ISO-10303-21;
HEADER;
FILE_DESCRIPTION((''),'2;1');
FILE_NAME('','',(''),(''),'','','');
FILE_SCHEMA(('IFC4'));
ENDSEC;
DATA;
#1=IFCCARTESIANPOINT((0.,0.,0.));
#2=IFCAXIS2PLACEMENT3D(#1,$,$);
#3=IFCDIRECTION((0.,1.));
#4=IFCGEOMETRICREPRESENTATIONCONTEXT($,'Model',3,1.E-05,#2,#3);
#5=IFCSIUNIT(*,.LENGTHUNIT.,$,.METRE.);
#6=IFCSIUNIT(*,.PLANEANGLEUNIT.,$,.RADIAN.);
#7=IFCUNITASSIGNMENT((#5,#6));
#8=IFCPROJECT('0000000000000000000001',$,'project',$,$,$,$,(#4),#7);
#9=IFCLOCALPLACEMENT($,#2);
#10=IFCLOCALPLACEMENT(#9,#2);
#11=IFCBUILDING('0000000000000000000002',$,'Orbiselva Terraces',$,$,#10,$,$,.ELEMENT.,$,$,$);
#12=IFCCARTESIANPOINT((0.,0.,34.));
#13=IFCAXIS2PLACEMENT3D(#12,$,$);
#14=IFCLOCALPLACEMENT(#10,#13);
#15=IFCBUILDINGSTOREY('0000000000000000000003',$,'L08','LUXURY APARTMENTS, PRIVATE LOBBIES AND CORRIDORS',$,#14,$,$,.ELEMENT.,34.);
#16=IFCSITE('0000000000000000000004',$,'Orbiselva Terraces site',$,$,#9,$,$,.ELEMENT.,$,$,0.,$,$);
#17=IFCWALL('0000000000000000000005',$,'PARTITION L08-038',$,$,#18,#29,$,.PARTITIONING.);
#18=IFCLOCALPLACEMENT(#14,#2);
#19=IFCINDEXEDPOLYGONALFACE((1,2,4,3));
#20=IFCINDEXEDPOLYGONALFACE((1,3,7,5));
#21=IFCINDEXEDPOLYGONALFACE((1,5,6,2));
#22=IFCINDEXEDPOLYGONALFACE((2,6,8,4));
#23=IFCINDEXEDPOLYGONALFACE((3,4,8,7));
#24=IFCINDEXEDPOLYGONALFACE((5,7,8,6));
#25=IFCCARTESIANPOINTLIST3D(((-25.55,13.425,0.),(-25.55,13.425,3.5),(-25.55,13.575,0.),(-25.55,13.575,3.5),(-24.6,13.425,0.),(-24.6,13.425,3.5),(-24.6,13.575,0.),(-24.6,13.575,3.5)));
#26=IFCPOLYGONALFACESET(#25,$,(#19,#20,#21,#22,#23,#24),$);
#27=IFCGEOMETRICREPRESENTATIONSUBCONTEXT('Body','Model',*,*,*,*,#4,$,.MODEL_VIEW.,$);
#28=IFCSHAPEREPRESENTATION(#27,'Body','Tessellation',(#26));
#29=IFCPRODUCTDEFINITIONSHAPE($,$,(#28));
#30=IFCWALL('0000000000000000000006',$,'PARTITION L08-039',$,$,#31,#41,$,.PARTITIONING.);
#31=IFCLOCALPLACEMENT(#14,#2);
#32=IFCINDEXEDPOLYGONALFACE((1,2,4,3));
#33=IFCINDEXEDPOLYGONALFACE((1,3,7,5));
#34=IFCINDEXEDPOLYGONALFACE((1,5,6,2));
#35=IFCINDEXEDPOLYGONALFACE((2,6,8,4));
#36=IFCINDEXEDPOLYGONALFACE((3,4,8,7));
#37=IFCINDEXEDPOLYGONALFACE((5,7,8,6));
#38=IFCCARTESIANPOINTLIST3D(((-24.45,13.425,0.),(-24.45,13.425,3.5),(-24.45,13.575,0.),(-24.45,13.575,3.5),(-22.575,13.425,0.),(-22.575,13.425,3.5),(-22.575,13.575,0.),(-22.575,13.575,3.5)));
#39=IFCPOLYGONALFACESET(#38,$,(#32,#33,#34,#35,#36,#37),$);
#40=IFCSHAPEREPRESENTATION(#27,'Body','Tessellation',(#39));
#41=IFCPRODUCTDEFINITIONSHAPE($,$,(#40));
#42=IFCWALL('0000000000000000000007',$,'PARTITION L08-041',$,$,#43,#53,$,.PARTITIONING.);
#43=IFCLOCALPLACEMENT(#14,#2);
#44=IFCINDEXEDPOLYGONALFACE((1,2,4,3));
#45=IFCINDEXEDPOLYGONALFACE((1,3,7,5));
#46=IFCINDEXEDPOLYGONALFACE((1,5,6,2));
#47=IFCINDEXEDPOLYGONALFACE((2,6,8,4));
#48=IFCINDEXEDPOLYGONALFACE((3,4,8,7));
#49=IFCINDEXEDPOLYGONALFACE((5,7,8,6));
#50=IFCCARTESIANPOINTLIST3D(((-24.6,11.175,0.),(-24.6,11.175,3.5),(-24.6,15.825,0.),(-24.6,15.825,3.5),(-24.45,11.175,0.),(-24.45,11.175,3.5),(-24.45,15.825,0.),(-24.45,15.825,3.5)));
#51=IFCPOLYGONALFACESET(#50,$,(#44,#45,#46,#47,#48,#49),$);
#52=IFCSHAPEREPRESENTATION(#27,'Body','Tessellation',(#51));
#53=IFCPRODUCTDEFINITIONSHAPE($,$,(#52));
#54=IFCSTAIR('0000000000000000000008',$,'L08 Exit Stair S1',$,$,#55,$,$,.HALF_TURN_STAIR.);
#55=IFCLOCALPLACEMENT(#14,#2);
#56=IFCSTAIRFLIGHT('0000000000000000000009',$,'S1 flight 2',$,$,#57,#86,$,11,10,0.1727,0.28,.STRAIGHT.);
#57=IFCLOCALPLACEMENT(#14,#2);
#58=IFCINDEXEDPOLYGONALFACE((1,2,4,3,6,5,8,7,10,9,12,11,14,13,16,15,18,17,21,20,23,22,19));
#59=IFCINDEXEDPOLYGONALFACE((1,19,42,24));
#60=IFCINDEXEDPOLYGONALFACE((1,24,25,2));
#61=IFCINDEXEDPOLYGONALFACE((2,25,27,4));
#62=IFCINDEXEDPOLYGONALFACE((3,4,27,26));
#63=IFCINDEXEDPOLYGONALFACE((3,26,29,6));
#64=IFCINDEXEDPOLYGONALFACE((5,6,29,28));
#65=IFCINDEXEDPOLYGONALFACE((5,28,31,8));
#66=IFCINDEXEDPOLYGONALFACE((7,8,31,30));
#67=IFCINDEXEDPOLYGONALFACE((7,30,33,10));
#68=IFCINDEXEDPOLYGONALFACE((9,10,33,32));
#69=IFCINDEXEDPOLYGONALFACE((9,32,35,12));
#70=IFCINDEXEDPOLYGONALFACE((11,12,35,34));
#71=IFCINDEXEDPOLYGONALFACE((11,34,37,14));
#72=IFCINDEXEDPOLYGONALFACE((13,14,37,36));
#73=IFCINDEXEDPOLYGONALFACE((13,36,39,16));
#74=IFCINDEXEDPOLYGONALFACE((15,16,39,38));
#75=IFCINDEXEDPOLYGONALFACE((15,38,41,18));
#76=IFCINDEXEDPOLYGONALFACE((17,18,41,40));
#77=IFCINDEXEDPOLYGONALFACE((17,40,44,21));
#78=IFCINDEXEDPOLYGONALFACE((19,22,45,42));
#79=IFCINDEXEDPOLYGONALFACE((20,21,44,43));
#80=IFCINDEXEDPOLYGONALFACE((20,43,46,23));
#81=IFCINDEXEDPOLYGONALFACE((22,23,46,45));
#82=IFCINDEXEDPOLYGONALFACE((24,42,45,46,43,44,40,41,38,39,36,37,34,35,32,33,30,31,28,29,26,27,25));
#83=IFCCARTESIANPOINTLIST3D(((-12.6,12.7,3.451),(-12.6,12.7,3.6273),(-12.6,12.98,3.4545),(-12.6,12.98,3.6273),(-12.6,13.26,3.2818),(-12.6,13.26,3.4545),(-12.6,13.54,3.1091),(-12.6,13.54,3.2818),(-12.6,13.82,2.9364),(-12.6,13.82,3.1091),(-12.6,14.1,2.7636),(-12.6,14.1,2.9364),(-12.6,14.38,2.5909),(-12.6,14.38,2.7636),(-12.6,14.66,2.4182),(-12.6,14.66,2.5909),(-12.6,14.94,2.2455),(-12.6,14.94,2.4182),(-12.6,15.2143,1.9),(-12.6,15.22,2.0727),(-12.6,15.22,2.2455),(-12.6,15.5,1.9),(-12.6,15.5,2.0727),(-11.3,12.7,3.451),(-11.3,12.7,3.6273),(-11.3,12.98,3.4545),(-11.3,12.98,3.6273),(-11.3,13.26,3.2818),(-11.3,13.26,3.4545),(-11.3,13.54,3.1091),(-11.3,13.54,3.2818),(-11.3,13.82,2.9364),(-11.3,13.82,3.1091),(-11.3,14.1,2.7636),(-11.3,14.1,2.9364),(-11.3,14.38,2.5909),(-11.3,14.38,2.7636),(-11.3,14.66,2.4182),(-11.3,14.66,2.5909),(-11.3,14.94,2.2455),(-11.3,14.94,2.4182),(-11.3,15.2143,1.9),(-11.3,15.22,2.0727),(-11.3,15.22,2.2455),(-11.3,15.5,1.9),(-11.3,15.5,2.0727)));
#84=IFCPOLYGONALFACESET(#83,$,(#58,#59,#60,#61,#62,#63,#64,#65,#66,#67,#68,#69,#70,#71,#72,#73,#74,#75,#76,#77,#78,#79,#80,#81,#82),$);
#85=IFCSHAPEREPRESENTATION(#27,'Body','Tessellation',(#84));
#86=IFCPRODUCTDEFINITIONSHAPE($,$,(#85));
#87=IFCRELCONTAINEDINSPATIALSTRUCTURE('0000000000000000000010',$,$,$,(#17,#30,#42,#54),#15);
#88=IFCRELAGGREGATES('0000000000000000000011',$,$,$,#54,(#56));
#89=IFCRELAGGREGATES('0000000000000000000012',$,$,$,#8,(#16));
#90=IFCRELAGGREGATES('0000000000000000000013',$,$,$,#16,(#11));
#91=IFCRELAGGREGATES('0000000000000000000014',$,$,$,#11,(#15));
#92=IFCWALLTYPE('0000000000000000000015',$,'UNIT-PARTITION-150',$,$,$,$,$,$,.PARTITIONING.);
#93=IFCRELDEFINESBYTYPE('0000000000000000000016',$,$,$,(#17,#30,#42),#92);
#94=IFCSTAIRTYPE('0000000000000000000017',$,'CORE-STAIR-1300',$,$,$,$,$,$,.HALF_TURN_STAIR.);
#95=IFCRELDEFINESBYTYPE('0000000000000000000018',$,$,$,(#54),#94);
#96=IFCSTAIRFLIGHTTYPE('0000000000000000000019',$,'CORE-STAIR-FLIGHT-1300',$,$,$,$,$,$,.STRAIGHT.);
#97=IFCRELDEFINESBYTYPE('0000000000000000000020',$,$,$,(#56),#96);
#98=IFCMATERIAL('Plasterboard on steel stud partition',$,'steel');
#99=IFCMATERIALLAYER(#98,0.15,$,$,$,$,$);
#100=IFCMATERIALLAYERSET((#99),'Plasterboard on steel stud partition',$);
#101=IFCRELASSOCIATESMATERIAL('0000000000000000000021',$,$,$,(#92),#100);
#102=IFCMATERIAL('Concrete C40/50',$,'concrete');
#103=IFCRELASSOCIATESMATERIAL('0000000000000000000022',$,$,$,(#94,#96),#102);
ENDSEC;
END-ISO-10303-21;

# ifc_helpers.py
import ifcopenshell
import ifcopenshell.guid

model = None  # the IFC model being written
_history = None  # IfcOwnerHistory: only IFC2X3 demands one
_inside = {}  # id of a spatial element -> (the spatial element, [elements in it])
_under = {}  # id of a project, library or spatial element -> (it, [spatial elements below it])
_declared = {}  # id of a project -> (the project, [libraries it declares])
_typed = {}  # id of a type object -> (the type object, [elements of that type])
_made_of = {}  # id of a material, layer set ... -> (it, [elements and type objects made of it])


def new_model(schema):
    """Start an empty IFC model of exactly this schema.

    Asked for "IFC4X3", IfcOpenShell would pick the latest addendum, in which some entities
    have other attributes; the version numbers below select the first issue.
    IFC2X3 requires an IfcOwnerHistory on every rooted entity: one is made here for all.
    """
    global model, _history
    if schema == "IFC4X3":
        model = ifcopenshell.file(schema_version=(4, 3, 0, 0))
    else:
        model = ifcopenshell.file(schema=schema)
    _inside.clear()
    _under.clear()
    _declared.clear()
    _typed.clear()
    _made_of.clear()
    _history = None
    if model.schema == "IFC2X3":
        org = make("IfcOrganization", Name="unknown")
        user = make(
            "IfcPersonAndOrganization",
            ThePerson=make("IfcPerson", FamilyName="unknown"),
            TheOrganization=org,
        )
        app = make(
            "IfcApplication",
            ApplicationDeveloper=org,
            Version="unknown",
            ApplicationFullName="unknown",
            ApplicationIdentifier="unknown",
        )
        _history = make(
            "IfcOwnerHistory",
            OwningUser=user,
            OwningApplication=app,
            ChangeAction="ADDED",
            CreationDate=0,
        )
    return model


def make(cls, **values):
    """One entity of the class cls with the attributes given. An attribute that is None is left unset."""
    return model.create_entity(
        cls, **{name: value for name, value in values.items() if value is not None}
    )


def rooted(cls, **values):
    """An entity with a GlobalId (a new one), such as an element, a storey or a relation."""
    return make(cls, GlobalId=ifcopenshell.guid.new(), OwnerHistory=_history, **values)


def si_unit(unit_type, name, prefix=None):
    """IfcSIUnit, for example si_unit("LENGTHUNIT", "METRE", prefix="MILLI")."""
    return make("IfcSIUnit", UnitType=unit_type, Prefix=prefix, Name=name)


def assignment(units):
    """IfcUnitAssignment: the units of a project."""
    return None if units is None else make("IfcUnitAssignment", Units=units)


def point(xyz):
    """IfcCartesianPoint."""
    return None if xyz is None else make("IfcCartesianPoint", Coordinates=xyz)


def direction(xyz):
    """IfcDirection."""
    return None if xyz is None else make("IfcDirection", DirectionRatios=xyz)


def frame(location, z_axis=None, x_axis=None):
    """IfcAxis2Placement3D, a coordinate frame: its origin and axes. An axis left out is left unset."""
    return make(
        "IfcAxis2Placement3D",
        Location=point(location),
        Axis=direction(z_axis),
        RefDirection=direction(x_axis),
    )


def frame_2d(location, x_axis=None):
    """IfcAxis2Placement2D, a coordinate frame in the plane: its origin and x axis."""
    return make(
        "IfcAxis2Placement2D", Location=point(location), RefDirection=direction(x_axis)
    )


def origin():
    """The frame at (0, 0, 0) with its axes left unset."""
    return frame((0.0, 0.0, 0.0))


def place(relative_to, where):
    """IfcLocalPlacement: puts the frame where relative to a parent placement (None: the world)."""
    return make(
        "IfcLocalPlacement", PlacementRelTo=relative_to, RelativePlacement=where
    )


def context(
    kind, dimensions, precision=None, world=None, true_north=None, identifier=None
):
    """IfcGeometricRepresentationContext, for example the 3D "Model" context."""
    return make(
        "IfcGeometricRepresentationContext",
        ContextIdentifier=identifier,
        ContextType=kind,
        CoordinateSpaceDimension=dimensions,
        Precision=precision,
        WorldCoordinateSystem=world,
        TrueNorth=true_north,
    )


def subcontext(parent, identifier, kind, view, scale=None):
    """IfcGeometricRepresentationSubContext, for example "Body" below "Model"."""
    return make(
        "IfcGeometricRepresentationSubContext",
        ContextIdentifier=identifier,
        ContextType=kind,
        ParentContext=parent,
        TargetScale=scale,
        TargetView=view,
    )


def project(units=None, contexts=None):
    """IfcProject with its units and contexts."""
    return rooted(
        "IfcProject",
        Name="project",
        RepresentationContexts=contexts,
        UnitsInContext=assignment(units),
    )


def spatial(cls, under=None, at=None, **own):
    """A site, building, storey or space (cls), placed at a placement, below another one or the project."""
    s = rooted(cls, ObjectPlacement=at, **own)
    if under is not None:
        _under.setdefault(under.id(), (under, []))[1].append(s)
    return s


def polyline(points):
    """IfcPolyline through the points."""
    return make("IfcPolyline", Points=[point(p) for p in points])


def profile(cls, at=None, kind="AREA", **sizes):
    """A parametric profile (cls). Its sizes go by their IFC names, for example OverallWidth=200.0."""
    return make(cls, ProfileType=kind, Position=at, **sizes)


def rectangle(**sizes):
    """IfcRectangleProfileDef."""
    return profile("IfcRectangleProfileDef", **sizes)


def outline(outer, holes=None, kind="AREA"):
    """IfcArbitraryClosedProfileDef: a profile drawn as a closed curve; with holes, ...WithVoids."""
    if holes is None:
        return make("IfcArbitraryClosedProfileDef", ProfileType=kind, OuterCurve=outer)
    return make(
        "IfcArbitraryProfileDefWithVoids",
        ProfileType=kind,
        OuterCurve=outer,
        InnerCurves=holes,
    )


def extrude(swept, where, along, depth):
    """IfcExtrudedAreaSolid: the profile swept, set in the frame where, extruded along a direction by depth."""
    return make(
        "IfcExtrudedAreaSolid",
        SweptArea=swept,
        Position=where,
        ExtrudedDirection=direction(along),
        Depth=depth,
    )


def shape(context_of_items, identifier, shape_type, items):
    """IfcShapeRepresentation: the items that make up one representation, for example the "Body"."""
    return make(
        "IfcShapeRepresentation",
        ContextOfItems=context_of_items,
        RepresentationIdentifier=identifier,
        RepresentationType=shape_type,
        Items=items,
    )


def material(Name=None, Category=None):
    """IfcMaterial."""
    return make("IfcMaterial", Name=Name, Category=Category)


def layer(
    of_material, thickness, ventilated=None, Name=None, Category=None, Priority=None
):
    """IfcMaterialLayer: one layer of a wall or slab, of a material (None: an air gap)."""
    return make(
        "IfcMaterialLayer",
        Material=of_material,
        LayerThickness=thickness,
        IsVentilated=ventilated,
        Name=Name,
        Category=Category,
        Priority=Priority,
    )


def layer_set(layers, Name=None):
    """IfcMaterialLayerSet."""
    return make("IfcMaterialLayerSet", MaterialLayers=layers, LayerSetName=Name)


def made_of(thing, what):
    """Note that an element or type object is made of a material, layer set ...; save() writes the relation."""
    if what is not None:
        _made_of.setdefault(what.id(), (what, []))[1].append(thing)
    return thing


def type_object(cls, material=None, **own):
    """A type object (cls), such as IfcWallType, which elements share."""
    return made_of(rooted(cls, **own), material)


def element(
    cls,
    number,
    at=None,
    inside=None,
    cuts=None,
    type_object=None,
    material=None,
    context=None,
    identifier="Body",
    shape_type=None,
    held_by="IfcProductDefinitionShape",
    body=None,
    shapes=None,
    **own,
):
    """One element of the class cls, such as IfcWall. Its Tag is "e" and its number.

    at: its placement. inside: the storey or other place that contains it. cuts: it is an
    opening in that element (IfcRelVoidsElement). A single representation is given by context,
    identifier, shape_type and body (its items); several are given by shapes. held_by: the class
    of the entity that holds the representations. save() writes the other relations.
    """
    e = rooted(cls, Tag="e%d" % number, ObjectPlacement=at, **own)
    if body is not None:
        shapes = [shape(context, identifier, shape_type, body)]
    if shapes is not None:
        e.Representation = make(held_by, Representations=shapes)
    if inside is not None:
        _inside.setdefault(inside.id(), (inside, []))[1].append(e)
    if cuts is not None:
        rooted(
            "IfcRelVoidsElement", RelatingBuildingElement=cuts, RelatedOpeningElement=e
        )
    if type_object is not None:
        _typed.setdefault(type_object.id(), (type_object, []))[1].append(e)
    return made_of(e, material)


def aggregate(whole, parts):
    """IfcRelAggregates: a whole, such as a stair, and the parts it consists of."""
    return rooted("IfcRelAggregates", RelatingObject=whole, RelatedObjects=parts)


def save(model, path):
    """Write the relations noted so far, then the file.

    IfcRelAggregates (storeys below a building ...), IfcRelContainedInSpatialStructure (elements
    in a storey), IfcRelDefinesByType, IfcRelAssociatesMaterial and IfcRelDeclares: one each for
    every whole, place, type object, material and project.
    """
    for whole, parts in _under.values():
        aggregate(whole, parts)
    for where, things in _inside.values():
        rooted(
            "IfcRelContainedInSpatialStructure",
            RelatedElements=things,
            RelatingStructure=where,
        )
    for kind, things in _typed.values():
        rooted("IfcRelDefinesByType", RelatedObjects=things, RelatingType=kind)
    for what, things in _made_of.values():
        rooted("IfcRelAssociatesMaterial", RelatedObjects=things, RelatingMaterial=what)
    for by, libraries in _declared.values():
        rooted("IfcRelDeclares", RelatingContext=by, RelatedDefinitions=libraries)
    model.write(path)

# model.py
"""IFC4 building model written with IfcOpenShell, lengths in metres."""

from ifc_helpers import new_model, si_unit, direction, frame, frame_2d, origin, place, context, subcontext, project, spatial, polyline, rectangle, outline, extrude, material, layer, layer_set, type_object, element, aggregate, save


model = new_model("IFC4")

# Units and contexts
model_context = context("Model", 3, precision=1e-05, world=origin(), true_north=direction((0.0, 1.0)))
body_context = subcontext(model_context, "Body", "Model", "MODEL_VIEW")
ifc_project = project(units=[si_unit("LENGTHUNIT", "METRE"), si_unit("PLANEANGLEUNIT", "RADIAN")], contexts=[model_context])

# Site, building, storey
site_placement = place(None, origin())
site = spatial("IfcSite", under=ifc_project, at=site_placement, Name="Orbiselva Terraces site", CompositionType="ELEMENT", RefElevation=0.0)
building_placement = place(site_placement, origin())
building = spatial("IfcBuilding", under=site, at=building_placement, Name="Orbiselva Terraces", CompositionType="ELEMENT")
storey_placement = place(building_placement, frame((0.0, 0.0, 34.0)))
storey = spatial("IfcBuildingStorey", under=building, at=storey_placement, Name="L08", Description="LUXURY APARTMENTS, PRIVATE LOBBIES AND CORRIDORS", CompositionType="ELEMENT", Elevation=34.0)

# Shared definitions
ifc_material_1 = material(Name="Plasterboard on steel stud partition", Category="steel")

# Shared definitions
ifc_layer_1 = layer(ifc_material_1, 0.15)
ifc_layer_set_1 = layer_set([ifc_layer_1], Name="Plasterboard on steel stud partition")
wall_type_1 = type_object("IfcWallType", Name="UNIT-PARTITION-150", PredefinedType="PARTITIONING", material=ifc_layer_set_1)

# Walls
wall_1_placement = place(storey_placement, frame((-25.55, 13.5, 0.0), z_axis=(0.0, 0.0, 1.0), x_axis=(1.0, 0.0, 0.0)))
element("IfcWall", 1, at=wall_1_placement, inside=storey, type_object=wall_type_1, Name="PARTITION L08-038", PredefinedType="PARTITIONING", context=body_context, shape_type="SweptSolid", body=[
    extrude(rectangle(XDim=0.95, YDim=0.15, at=frame_2d((0.475, 0.0))), origin(), (0.0, 0.0, 1.0), 3.5),
])
wall_2_placement = place(storey_placement, frame((-24.45, 13.5, 0.0), z_axis=(0.0, 0.0, 1.0), x_axis=(1.0, 0.0, 0.0)))
element("IfcWall", 2, at=wall_2_placement, inside=storey, type_object=wall_type_1, Name="PARTITION L08-039", PredefinedType="PARTITIONING", context=body_context, shape_type="SweptSolid", body=[
    extrude(rectangle(XDim=1.875, YDim=0.15, at=frame_2d((0.9375, 0.0))), origin(), (0.0, 0.0, 1.0), 3.5),
])
wall_3_placement = place(storey_placement, frame((-24.525, 11.175, 0.0), z_axis=(0.0, 0.0, 1.0), x_axis=(0.0, 1.0, 0.0)))
element("IfcWall", 3, at=wall_3_placement, inside=storey, type_object=wall_type_1, Name="PARTITION L08-041", PredefinedType="PARTITIONING", context=body_context, shape_type="SweptSolid", body=[
    extrude(rectangle(XDim=4.65, YDim=0.15, at=frame_2d((2.325, 0.0))), origin(), (0.0, 0.0, 1.0), 3.5),
])

# Stair, stair flight
ifc_material_2 = material(Name="Concrete C40/50", Category="concrete")
stair_type = type_object("IfcStairType", Name="CORE-STAIR-1300", PredefinedType="HALF_TURN_STAIR", material=ifc_material_2)
stair_placement = place(storey_placement, origin())
stair = element("IfcStair", 4, at=stair_placement, inside=storey, type_object=stair_type, Name="L08 Exit Stair S1", PredefinedType="HALF_TURN_STAIR")
stair_flight_type = type_object("IfcStairFlightType", Name="CORE-STAIR-FLIGHT-1300", PredefinedType="STRAIGHT", material=ifc_material_2)
stair_flight_placement = place(storey_placement, frame((-11.95, 15.5, 1.9), z_axis=(0.0, 0.0, 1.0), x_axis=(0.0, -1.0, 0.0)))
stair_flight = element("IfcStairFlight", 5, at=stair_flight_placement, type_object=stair_flight_type, Name="S1 flight 2", NumberOfRisers=11, NumberOfTreads=10, PredefinedType="STRAIGHT", RiserHeight=0.1727, TreadLength=0.28, context=body_context, shape_type="SweptSolid", body=[
    extrude(outline(polyline([(0.0, 0.0), (0.0, 0.1727), (0.28, 0.1727), (0.28, 0.3455), (0.56, 0.3455), (0.56, 0.5182), (0.84, 0.5182), (0.84, 0.6909), (1.12, 0.6909), (1.12, 0.8636), (1.4, 0.8636), (1.4, 1.0364), (1.68, 1.0364), (1.68, 1.2091), (1.96, 1.2091), (1.96, 1.3818), (2.24, 1.3818), (2.24, 1.5545), (2.52, 1.5545), (2.52, 1.7273), (2.8, 1.7273), (2.8, 1.9), (2.8, 1.551), (0.2857, 0.0), (0.0, 0.0)])), frame((0.0, 0.65, 0.0), z_axis=(0.0, -1.0, 0.0), x_axis=(1.0, 0.0, 0.0)), (0.0, 0.0, 1.0), 1.3),
])
aggregate(stair, [stair_flight])

save(model, "model.ifc")
